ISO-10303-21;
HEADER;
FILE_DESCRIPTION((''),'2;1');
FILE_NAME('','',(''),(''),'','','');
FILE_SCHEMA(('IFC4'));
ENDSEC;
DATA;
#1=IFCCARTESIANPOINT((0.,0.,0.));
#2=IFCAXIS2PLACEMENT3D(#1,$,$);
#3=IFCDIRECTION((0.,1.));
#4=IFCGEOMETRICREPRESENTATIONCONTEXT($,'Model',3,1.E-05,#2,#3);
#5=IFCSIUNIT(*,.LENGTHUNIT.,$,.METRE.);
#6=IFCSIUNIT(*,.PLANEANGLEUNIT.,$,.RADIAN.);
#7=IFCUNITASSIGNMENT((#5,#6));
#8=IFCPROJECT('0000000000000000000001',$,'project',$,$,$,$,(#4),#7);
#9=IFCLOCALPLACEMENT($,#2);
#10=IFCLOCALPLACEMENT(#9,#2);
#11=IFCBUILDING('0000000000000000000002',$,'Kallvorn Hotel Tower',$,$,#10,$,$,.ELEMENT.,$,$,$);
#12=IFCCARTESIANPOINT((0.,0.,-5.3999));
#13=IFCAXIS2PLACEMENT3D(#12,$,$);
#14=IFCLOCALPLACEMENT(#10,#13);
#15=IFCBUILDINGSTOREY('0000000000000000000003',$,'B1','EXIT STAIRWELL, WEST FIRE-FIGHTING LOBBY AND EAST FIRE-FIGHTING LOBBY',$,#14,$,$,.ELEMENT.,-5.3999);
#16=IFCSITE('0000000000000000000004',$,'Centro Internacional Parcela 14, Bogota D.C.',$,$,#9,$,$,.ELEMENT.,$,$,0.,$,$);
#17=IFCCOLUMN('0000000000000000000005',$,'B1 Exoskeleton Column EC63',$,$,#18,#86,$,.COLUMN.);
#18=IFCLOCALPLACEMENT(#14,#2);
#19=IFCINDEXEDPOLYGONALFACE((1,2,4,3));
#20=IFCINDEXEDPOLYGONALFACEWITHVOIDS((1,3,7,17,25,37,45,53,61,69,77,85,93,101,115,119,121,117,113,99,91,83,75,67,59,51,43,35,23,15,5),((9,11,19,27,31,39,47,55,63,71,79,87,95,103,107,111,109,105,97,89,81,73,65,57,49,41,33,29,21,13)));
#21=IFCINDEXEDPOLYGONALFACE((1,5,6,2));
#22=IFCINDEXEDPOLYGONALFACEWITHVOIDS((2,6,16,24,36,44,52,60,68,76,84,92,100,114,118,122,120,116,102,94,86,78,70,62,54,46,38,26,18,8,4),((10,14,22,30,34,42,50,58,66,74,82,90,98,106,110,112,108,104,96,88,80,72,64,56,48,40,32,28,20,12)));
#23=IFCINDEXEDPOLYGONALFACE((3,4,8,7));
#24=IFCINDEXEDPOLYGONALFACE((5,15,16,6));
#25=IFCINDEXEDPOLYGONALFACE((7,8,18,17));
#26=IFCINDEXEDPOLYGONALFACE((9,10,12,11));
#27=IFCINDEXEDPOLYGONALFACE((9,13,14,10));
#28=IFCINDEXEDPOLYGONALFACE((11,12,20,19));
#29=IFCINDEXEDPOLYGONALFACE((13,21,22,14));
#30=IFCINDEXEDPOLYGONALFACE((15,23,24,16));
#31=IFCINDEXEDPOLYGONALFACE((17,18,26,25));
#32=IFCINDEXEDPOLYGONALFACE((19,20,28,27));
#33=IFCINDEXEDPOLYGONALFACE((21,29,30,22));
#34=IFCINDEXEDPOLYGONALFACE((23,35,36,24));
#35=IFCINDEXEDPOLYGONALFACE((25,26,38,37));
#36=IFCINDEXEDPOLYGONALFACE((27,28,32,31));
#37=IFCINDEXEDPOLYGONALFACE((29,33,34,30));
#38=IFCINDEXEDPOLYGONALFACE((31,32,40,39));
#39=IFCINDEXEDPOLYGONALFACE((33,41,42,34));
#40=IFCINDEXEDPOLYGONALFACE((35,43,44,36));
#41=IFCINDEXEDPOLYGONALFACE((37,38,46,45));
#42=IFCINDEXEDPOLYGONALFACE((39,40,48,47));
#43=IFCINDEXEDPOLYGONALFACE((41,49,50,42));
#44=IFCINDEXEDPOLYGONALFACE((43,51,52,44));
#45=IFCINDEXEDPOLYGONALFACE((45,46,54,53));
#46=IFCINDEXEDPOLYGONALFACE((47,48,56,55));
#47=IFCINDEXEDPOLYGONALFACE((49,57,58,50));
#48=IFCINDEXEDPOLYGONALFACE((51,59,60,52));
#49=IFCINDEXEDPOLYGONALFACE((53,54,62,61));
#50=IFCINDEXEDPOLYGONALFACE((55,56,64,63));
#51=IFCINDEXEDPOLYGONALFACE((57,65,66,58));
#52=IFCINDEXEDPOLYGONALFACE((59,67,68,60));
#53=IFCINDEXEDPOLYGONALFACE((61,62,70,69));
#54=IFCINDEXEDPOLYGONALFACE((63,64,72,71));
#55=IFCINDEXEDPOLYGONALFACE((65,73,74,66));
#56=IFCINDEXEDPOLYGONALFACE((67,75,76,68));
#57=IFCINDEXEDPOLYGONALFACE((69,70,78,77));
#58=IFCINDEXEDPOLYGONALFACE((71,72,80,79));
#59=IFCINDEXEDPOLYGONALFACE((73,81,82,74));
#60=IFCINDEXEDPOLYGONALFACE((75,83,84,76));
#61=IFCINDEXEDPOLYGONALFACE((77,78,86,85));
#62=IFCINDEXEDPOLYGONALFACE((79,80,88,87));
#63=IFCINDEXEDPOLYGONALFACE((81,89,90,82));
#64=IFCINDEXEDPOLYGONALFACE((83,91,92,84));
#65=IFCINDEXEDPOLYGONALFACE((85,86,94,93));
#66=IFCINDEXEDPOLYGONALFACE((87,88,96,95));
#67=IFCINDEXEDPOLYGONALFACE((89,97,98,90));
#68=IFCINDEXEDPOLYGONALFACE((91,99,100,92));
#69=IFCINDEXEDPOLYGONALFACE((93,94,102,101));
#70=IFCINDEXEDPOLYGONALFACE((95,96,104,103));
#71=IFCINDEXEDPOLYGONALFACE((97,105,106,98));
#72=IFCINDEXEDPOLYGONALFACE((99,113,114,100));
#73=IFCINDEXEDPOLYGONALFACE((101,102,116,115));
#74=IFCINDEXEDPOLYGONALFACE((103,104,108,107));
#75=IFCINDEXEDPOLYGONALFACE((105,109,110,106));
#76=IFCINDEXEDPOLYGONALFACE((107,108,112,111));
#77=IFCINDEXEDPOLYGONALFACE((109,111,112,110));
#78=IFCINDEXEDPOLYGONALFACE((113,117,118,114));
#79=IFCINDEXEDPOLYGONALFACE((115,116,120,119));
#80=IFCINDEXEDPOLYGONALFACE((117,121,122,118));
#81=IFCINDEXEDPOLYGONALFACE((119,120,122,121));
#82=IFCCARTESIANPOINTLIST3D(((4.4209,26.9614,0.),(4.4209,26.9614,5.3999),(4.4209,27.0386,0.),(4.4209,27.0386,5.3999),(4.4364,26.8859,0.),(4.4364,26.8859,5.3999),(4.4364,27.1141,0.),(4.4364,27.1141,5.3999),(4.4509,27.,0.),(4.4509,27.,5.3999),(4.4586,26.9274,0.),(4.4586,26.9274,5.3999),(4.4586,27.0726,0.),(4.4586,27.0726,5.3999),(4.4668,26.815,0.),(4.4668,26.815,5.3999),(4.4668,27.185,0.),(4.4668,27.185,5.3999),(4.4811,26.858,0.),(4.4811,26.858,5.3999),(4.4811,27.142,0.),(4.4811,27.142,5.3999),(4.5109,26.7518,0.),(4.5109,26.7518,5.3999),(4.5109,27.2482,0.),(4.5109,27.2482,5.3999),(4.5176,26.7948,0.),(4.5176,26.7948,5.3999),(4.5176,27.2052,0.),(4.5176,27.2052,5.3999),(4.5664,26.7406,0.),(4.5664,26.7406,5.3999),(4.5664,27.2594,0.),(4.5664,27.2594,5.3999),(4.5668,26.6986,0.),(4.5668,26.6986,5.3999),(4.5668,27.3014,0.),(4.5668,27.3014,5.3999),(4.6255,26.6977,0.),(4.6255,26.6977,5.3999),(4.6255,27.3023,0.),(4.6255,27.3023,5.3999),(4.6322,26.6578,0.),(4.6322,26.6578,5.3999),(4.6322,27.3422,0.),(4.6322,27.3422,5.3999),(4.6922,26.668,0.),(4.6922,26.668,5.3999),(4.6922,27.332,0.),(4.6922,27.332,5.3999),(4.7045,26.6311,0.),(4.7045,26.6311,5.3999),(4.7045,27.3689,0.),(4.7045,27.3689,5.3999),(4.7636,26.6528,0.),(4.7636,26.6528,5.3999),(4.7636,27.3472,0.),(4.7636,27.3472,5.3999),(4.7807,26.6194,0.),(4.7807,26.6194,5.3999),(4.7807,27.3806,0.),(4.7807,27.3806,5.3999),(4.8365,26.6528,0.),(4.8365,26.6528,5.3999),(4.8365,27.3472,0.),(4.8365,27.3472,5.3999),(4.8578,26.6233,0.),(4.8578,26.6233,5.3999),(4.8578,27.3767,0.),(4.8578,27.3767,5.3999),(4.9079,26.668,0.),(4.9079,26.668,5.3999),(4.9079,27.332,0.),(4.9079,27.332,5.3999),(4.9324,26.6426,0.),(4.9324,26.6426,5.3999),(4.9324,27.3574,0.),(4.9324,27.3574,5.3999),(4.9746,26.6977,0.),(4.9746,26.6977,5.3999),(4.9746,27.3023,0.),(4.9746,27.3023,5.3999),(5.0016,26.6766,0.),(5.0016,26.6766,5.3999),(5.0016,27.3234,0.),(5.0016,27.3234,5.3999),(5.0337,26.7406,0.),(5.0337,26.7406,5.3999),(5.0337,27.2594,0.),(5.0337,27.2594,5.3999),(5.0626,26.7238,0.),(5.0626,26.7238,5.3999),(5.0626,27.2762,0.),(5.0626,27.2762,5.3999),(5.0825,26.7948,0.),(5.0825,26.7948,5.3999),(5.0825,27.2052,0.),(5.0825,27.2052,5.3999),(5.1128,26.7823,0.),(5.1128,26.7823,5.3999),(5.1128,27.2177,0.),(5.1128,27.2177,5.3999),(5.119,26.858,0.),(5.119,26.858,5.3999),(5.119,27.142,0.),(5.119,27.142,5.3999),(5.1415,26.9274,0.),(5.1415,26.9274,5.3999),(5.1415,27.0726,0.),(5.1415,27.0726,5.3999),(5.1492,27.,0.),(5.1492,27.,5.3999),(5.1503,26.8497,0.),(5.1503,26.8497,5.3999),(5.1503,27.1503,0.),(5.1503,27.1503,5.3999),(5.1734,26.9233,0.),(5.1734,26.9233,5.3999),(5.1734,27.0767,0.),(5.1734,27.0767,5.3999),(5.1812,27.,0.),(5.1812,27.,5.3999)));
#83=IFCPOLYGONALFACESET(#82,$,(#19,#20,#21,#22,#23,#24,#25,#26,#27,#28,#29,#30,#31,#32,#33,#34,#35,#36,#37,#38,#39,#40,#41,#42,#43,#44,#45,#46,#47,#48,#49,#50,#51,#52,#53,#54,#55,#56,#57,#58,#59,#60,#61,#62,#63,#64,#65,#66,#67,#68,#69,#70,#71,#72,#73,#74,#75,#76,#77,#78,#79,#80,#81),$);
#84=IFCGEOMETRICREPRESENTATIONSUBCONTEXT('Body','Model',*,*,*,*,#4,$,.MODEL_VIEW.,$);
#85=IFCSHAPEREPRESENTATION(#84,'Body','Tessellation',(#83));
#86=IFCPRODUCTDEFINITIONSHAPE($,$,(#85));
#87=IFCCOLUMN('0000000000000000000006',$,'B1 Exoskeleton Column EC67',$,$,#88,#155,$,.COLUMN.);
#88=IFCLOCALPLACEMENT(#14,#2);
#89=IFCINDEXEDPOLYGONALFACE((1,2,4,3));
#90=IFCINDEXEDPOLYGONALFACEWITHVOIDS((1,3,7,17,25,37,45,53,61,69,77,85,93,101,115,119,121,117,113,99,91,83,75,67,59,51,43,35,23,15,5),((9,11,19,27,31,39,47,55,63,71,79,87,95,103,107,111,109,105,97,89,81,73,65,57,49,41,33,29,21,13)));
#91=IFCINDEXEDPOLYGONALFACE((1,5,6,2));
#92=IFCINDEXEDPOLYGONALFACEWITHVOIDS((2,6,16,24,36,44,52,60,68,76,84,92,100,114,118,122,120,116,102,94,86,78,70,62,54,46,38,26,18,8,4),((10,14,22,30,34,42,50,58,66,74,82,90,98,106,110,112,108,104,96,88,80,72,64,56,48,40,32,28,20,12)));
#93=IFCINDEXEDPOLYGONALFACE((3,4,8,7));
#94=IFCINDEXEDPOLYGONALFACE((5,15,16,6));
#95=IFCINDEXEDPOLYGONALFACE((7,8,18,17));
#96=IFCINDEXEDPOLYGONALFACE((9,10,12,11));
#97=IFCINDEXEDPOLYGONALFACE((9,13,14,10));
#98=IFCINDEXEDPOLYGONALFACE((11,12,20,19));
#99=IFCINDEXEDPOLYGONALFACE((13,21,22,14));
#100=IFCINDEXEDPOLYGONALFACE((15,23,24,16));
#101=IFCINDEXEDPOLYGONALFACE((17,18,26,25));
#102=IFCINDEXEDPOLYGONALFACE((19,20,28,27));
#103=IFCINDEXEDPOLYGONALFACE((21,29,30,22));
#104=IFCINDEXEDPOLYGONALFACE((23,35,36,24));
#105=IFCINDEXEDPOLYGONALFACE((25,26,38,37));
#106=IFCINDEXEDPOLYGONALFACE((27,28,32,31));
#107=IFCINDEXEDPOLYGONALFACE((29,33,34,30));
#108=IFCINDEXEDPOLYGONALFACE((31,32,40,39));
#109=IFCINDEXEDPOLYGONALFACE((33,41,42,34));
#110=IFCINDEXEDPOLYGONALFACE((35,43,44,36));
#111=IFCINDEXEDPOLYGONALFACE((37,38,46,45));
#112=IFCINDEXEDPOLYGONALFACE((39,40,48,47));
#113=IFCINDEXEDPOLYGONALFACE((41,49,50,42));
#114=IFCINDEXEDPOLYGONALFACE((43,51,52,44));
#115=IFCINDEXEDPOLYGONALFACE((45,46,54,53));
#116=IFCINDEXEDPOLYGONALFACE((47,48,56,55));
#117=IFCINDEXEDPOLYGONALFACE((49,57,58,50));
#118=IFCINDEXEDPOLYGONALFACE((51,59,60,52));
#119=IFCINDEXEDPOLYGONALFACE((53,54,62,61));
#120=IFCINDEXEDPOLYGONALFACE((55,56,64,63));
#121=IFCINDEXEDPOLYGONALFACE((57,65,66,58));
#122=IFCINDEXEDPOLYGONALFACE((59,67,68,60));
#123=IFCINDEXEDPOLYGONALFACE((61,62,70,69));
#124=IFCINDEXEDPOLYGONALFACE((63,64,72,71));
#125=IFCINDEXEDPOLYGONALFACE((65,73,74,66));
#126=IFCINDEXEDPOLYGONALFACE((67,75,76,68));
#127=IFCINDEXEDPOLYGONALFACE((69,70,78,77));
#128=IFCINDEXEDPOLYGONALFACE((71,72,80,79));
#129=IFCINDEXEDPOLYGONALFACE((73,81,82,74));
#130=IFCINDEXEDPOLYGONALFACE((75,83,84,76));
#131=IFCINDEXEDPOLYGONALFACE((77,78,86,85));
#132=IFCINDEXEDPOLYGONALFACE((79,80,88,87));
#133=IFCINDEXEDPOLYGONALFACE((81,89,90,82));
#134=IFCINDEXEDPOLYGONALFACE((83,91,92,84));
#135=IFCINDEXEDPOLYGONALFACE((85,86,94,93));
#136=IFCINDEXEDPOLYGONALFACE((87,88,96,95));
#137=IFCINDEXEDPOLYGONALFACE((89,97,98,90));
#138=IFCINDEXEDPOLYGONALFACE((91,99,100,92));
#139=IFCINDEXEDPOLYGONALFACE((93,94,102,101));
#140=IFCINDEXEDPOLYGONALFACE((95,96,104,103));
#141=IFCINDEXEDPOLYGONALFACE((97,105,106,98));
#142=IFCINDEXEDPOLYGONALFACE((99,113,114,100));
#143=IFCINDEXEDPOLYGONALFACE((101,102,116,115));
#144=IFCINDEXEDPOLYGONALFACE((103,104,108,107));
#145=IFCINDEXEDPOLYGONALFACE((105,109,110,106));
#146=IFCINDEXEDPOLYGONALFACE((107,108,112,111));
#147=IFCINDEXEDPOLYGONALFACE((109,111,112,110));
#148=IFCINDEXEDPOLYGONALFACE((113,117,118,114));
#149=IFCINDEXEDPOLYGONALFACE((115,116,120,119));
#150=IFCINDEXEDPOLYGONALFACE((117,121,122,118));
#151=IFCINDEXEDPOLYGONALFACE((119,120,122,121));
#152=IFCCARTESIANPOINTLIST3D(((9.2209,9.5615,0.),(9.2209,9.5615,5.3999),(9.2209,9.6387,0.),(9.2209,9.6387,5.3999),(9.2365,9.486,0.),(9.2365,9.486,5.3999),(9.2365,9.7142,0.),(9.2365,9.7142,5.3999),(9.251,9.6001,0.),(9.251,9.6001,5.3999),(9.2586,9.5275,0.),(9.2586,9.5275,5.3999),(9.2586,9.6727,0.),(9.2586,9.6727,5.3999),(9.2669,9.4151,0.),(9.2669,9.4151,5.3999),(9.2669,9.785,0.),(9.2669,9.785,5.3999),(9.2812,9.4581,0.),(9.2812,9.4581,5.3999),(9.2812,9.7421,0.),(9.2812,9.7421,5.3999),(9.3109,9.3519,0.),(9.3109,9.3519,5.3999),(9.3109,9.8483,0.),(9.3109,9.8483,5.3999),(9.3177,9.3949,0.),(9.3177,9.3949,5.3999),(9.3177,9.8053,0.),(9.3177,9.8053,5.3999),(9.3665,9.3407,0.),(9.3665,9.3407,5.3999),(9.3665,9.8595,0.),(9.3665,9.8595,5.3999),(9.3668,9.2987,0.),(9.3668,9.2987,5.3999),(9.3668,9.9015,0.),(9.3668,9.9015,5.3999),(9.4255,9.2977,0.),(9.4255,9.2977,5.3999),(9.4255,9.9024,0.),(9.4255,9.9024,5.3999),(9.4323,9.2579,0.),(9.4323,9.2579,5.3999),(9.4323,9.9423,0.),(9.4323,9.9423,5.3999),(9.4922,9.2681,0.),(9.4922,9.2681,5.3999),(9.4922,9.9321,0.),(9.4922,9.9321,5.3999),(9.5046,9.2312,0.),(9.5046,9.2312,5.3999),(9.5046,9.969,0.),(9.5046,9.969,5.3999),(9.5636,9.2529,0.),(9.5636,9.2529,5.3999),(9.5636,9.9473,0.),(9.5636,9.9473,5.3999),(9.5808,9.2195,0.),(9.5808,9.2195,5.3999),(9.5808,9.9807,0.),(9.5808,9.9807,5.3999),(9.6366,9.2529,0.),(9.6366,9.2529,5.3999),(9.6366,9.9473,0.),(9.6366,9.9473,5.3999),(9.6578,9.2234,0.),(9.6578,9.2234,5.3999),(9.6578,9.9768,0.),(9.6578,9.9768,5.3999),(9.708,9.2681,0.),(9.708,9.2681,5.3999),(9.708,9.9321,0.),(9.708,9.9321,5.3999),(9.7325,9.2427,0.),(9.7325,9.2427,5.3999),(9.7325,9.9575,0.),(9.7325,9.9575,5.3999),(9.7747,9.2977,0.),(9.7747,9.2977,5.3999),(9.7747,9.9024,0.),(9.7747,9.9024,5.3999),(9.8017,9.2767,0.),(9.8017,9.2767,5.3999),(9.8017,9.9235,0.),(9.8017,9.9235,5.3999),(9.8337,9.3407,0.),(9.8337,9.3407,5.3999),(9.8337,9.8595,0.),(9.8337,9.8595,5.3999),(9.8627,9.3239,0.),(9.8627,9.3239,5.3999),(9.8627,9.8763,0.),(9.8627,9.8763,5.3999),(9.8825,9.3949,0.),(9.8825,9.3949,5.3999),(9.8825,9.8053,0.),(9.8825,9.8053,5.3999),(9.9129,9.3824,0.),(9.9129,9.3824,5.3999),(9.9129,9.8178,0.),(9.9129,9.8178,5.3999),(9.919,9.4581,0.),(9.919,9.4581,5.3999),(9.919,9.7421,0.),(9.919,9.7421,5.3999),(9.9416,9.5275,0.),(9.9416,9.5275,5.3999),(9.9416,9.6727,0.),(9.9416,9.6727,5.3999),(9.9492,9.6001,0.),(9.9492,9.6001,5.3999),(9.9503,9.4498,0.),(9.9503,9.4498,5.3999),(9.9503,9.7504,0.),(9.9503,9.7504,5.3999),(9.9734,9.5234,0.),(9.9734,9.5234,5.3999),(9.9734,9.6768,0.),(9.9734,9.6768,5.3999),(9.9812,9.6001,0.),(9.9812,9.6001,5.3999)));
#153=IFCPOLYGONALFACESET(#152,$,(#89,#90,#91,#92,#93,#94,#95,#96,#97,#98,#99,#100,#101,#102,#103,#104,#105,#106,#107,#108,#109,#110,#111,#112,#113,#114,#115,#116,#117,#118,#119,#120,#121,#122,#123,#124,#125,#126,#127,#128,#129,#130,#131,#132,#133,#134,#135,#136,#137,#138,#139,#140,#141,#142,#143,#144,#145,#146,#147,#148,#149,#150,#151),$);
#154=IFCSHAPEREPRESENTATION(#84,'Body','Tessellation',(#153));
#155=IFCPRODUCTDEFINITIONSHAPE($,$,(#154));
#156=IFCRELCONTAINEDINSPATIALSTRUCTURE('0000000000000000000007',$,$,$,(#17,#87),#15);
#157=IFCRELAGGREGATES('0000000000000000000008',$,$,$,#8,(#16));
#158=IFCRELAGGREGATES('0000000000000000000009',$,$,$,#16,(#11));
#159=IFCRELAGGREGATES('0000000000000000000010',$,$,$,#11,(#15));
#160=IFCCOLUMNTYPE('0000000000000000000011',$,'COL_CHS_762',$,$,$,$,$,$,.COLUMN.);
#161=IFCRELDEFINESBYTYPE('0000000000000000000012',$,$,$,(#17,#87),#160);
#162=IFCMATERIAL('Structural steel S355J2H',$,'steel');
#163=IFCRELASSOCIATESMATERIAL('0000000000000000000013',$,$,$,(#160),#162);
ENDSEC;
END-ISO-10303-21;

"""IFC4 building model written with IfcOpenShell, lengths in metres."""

from ifc_helpers import new_model, si_unit, direction, frame, origin, origin_2d, place, context, subcontext, project, spatial, hollow_circle, extrude, material, material_profile, profile_set, type_object, element, save


model = new_model("IFC4")

# Units and contexts
model_context = context("Model", 3, precision=1e-05, world=origin(), true_north=direction((0.0, 1.0)))
body_context = subcontext(model_context, "Body", "Model", "MODEL_VIEW")
ifc_project = project(units=[si_unit("LENGTHUNIT", "METRE"), si_unit("PLANEANGLEUNIT", "RADIAN")], contexts=[model_context])

# Site, building, storey
site_placement = place(None, origin())
site = spatial("IfcSite", under=ifc_project, at=site_placement, Name="Centro Internacional Parcela 14, Bogota D.C.", CompositionType="ELEMENT", RefElevation=0.0)
building_placement = place(site_placement, origin())
building = spatial("IfcBuilding", under=site, at=building_placement, Name="Kallvorn Hotel Tower", CompositionType="ELEMENT")
storey_placement = place(building_placement, frame((0.0, 0.0, -5.3999)))
storey = spatial("IfcBuildingStorey", under=building, at=storey_placement, Name="B1", Description="EXIT STAIRWELL, WEST FIRE-FIGHTING LOBBY AND EAST FIRE-FIGHTING LOBBY", CompositionType="ELEMENT", Elevation=-5.3999)

# Columns
ifc_material_1 = material(Name="Structural steel S355J2H", Category="steel")
ifc_material_profile_1 = material_profile(ifc_material_1, hollow_circle(Radius=0.3811, WallThickness=0.032, at=origin_2d()), Name="CHS 762x32")
ifc_profile_set_1 = profile_set([ifc_material_profile_1], Name="Structural steel S355J2H")
column_type_1 = type_object("IfcColumnType", Name="COL_CHS_762", PredefinedType="COLUMN", material=ifc_profile_set_1)
for number, where, z_axis, x_axis, name in (
    (1, (4.8, 27.0, 0.0), (0.0, 0.0, 1.0), (1.0, 0.0, 0.0), "B1 Exoskeleton Column EC63"),
    (2, (9.6001, 9.6001, 0.0), (0.0, 0.0, 1.0), (1.0, 0.0, 0.0), "B1 Exoskeleton Column EC67"),
):
    element("IfcColumn", number, at=place(storey_placement, frame(where, z_axis=z_axis, x_axis=x_axis)), inside=storey, type_object=column_type_1, Name=name, PredefinedType="COLUMN", context=body_context, shape_type="SweptSolid", body=[
        extrude(hollow_circle(Radius=0.3811, WallThickness=0.032, at=origin_2d()), origin(), (0.0, 0.0, 1.0), 5.3999),
    ])

save(model, "model.ifc")
